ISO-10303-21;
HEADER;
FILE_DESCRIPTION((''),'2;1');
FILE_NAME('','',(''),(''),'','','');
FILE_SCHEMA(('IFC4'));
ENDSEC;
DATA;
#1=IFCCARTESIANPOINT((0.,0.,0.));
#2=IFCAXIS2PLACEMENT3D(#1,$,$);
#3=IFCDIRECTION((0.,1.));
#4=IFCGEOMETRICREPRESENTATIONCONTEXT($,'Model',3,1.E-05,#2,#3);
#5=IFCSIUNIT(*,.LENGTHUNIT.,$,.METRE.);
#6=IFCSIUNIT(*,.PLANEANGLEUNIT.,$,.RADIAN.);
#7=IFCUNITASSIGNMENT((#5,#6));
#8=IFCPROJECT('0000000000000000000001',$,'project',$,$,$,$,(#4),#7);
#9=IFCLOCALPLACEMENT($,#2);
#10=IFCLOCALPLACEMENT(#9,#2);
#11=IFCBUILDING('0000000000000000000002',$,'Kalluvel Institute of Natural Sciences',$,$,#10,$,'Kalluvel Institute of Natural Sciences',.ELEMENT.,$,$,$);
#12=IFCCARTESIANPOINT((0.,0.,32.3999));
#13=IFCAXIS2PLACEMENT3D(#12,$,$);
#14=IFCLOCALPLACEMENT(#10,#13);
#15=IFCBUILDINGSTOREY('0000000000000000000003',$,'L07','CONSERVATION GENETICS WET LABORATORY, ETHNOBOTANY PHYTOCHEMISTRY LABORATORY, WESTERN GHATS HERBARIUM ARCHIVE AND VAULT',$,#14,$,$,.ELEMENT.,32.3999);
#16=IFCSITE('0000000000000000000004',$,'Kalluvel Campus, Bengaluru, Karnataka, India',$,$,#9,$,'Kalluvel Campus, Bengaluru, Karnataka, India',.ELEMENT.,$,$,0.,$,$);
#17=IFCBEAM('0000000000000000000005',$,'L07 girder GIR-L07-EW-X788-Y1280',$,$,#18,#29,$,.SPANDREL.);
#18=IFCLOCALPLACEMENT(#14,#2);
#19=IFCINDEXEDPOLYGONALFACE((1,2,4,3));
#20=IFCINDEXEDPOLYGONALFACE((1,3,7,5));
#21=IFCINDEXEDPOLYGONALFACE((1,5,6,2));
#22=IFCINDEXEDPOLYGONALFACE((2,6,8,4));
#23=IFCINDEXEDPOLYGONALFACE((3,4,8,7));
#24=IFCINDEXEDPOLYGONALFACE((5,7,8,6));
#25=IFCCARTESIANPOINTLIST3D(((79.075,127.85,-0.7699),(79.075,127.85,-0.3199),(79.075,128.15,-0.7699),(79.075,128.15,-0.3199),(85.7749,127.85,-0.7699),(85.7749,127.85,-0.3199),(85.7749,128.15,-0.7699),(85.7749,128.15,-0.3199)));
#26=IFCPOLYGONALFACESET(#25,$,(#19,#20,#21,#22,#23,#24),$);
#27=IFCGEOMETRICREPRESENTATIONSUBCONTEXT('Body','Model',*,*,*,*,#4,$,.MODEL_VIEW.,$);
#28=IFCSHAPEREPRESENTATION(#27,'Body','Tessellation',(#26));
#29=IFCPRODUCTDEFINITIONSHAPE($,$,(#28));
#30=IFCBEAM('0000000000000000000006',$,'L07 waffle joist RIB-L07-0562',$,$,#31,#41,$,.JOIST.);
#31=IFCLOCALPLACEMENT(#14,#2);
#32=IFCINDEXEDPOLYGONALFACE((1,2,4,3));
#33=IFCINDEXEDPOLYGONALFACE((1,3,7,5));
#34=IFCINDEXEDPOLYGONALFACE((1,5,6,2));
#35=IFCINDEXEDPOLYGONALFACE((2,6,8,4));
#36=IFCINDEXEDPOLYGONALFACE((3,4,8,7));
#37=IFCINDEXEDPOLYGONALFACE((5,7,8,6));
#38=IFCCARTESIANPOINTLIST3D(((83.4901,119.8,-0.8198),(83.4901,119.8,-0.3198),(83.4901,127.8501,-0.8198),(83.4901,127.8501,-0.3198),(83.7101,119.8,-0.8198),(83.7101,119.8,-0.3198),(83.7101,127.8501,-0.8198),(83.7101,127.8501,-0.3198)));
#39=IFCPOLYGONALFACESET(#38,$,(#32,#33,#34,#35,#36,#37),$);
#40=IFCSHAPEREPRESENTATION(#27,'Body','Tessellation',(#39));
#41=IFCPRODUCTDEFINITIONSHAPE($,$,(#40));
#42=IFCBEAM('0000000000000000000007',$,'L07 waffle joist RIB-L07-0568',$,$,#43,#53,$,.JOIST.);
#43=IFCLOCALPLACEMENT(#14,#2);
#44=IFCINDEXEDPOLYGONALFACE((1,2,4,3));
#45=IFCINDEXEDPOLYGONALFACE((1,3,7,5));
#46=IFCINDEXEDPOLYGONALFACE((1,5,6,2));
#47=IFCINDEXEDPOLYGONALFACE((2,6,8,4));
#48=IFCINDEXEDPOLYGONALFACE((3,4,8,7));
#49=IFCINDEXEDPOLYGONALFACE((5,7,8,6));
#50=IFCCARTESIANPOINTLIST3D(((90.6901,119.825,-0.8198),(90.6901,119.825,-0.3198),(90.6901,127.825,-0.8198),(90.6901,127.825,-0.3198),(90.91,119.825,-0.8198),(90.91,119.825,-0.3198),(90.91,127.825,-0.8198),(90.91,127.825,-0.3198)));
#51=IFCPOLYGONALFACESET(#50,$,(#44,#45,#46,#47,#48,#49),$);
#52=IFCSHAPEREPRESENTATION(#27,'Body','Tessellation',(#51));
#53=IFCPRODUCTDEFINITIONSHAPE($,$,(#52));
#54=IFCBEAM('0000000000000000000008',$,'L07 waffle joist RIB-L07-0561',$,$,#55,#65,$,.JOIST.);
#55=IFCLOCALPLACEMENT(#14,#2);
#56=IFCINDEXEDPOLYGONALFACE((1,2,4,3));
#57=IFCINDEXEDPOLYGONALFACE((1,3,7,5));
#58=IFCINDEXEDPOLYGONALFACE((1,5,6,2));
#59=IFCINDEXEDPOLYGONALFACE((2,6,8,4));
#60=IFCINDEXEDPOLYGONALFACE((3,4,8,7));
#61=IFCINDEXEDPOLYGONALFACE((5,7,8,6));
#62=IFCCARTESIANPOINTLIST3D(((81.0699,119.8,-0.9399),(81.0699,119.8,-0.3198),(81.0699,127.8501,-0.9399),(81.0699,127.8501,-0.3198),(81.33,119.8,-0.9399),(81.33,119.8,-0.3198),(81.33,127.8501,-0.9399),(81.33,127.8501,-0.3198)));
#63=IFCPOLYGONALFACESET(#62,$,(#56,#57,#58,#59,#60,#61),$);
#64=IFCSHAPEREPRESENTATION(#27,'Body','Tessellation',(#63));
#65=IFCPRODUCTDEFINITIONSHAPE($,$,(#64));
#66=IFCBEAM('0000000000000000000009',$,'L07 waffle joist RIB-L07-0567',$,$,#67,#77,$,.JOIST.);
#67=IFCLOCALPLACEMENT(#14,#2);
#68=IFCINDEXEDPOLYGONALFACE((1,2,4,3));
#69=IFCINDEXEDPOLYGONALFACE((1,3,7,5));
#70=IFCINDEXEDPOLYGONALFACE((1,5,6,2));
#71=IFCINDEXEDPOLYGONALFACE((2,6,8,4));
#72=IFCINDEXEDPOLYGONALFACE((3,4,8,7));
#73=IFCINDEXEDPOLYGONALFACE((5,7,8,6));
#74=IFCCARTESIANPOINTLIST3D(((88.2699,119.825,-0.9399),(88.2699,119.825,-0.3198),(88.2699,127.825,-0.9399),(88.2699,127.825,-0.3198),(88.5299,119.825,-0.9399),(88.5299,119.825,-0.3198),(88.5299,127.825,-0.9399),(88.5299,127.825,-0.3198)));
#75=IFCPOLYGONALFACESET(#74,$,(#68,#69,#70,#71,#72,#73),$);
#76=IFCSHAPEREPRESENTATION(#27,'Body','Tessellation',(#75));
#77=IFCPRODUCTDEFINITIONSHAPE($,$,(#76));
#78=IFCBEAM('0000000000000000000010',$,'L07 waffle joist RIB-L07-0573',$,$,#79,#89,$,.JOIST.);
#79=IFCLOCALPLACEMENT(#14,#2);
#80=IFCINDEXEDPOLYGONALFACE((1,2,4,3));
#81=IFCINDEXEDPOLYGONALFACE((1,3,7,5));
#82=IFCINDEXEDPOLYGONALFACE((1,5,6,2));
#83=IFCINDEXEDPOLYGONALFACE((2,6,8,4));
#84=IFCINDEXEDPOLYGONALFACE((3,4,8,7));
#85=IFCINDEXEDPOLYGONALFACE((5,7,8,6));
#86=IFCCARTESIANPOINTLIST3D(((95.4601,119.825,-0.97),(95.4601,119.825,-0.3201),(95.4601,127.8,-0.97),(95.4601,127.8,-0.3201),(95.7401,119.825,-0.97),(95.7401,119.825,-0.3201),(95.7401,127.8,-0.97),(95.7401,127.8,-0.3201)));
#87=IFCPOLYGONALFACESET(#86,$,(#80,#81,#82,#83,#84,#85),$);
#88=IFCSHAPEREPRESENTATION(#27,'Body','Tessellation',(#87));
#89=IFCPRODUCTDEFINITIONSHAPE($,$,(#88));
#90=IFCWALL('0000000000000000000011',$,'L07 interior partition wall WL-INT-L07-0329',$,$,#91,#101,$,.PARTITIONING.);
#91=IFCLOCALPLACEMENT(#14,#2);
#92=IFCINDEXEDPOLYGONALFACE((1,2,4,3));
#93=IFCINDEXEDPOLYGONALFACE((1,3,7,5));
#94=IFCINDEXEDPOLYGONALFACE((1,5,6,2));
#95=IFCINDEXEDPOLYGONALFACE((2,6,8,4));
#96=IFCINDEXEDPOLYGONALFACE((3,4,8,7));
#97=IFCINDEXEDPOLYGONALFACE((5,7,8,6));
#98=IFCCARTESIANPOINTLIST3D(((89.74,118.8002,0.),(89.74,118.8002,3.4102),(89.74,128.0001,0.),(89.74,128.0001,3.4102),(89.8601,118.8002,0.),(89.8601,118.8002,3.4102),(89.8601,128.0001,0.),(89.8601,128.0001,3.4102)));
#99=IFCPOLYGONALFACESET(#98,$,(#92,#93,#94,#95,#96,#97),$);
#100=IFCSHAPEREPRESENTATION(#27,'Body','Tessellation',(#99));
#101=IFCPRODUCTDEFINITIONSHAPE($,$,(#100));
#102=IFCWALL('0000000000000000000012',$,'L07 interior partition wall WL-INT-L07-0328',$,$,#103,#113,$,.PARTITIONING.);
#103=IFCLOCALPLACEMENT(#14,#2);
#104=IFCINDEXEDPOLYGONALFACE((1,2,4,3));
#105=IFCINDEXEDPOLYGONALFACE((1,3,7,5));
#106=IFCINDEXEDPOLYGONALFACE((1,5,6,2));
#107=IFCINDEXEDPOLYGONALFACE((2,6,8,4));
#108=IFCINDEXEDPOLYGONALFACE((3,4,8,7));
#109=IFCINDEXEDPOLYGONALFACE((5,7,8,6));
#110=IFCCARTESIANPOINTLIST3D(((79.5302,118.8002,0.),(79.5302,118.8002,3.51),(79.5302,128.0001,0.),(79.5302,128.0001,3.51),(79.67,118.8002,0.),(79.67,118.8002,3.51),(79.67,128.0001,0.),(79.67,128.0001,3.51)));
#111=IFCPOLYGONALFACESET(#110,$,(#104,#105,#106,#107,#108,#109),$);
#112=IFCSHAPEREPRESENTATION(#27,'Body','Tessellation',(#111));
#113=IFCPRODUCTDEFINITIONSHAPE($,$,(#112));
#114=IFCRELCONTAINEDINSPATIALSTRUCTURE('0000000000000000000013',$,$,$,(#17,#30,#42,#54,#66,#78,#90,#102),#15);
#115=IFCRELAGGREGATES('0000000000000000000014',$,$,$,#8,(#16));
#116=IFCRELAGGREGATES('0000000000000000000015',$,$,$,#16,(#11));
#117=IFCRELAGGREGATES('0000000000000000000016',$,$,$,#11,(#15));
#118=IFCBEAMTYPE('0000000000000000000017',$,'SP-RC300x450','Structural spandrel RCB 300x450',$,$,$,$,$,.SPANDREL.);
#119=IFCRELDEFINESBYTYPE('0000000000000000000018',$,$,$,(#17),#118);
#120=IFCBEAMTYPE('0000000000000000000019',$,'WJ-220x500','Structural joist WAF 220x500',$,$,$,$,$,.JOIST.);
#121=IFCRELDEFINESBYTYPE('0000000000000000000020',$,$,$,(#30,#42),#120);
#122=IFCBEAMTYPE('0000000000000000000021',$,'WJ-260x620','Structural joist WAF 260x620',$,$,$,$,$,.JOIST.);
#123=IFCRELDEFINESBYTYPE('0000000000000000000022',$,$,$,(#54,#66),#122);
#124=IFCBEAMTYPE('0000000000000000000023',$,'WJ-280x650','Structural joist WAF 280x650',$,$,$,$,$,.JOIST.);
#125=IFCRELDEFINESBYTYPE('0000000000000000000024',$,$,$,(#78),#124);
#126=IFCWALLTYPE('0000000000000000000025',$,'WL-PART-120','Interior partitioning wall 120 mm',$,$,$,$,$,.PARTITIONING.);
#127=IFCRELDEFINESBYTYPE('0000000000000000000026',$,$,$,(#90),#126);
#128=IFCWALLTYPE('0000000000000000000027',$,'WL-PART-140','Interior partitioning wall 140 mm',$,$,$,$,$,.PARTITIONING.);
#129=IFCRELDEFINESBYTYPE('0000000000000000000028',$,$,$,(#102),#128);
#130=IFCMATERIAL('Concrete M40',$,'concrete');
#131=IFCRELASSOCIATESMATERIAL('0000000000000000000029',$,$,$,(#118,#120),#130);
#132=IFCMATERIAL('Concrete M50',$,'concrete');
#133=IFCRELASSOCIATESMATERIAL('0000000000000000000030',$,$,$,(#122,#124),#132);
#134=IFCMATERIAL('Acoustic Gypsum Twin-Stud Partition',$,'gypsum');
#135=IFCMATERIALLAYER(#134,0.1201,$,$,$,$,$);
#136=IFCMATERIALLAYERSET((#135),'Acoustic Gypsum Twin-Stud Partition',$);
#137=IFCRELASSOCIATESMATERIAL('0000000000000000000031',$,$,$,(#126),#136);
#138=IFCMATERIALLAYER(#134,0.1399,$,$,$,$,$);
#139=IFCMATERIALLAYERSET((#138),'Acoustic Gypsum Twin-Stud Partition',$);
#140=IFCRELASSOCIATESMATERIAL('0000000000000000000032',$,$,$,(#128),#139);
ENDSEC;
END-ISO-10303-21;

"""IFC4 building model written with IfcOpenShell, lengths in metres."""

from ifc_helpers import new_model, si_unit, direction, frame, frame_2d, origin, origin_2d, place, context, subcontext, project, spatial, rectangle, extrude, material, layer, layer_set, material_profile, profile_set, type_object, element, save


model = new_model("IFC4")

# Units and contexts
model_context = context("Model", 3, precision=1e-05, world=origin(), true_north=direction((0.0, 1.0)))
body_context = subcontext(model_context, "Body", "Model", "MODEL_VIEW")
ifc_project = project(units=[si_unit("LENGTHUNIT", "METRE"), si_unit("PLANEANGLEUNIT", "RADIAN")], contexts=[model_context])

# Site, building, storey
site_placement = place(None, origin())
site = spatial("IfcSite", under=ifc_project, at=site_placement, Name="Kalluvel Campus, Bengaluru, Karnataka, India", LongName="Kalluvel Campus, Bengaluru, Karnataka, India", CompositionType="ELEMENT", RefElevation=0.0)
building_placement = place(site_placement, origin())
building = spatial("IfcBuilding", under=site, at=building_placement, Name="Kalluvel Institute of Natural Sciences", LongName="Kalluvel Institute of Natural Sciences", CompositionType="ELEMENT")
storey_placement = place(building_placement, frame((0.0, 0.0, 32.3999)))
storey = spatial("IfcBuildingStorey", under=building, at=storey_placement, Name="L07", Description="CONSERVATION GENETICS WET LABORATORY, ETHNOBOTANY PHYTOCHEMISTRY LABORATORY, WESTERN GHATS HERBARIUM ARCHIVE AND VAULT", CompositionType="ELEMENT", Elevation=32.3999)

# Shared definitions
ifc_material_1 = material(Name="Concrete M40", Category="concrete")

# Shared definitions
ifc_material_2 = material(Name="Concrete M50", Category="concrete")

# Beams
ifc_material_profile_1 = material_profile(ifc_material_1, rectangle(XDim=0.3, YDim=0.45, at=origin_2d()), Name="RCB 300x450")
ifc_profile_set_1 = profile_set([ifc_material_profile_1], Name="Concrete M40")
beam_type_1 = type_object("IfcBeamType", Name="SP-RC300x450", Description="Structural spandrel RCB 300x450", PredefinedType="SPANDREL", material=ifc_profile_set_1)
beam_1_placement = place(storey_placement, frame((79.075, 128.0, -0.5449), z_axis=(1.0, 0.0, 0.0), x_axis=(0.0, 1.0, 0.0)))
element("IfcBeam", 1, at=beam_1_placement, inside=storey, type_object=beam_type_1, Name="L07 girder GIR-L07-EW-X788-Y1280", PredefinedType="SPANDREL", context=body_context, shape_type="SweptSolid", body=[
    extrude(rectangle(XDim=0.3, YDim=0.45, at=origin_2d()), origin(), (0.0, 0.0, 1.0), 6.7),
])
ifc_material_profile_2 = material_profile(ifc_material_1, rectangle(XDim=0.22, YDim=0.5, at=origin_2d()), Name="WAF 220x500")
ifc_profile_set_2 = profile_set([ifc_material_profile_2], Name="Concrete M40")
beam_type_2 = type_object("IfcBeamType", Name="WJ-220x500", Description="Structural joist WAF 220x500", PredefinedType="JOIST", material=ifc_profile_set_2)
beam_2_placement = place(storey_placement, frame((83.6001, 119.8, -0.5698), z_axis=(0.0, 1.0, 0.0), x_axis=(-1.0, 0.0, 0.0)))
element("IfcBeam", 2, at=beam_2_placement, inside=storey, type_object=beam_type_2, Name="L07 waffle joist RIB-L07-0562", PredefinedType="JOIST", context=body_context, shape_type="SweptSolid", body=[
    extrude(rectangle(XDim=0.22, YDim=0.5, at=origin_2d()), origin(), (0.0, 0.0, 1.0), 8.05),
])
beam_3_placement = place(storey_placement, frame((90.8, 119.825, -0.5698), z_axis=(0.0, 1.0, 0.0), x_axis=(-1.0, 0.0, 0.0)))
element("IfcBeam", 3, at=beam_3_placement, inside=storey, type_object=beam_type_2, Name="L07 waffle joist RIB-L07-0568", PredefinedType="JOIST", context=body_context, shape_type="SweptSolid", body=[
    extrude(rectangle(XDim=0.22, YDim=0.5, at=origin_2d()), origin(), (0.0, 0.0, 1.0), 8.0),
])
ifc_material_profile_3 = material_profile(ifc_material_2, rectangle(XDim=0.26, YDim=0.6201, at=origin_2d()), Name="WAF 260x620")
ifc_profile_set_3 = profile_set([ifc_material_profile_3], Name="Concrete M50")
beam_type_3 = type_object("IfcBeamType", Name="WJ-260x620", Description="Structural joist WAF 260x620", PredefinedType="JOIST", material=ifc_profile_set_3)
beam_4_placement = place(storey_placement, frame((81.2, 119.8, -0.6299), z_axis=(0.0, 1.0, 0.0), x_axis=(-1.0, 0.0, 0.0)))
element("IfcBeam", 4, at=beam_4_placement, inside=storey, type_object=beam_type_3, Name="L07 waffle joist RIB-L07-0561", PredefinedType="JOIST", context=body_context, shape_type="SweptSolid", body=[
    extrude(rectangle(XDim=0.26, YDim=0.6201, at=origin_2d()), origin(), (0.0, 0.0, 1.0), 8.05),
])
beam_5_placement = place(storey_placement, frame((88.3999, 119.825, -0.6299), z_axis=(0.0, 1.0, 0.0), x_axis=(-1.0, 0.0, 0.0)))
element("IfcBeam", 5, at=beam_5_placement, inside=storey, type_object=beam_type_3, Name="L07 waffle joist RIB-L07-0567", PredefinedType="JOIST", context=body_context, shape_type="SweptSolid", body=[
    extrude(rectangle(XDim=0.26, YDim=0.6201, at=origin_2d()), origin(), (0.0, 0.0, 1.0), 8.0),
])
ifc_material_profile_4 = material_profile(ifc_material_2, rectangle(XDim=0.28, YDim=0.6499, at=origin_2d()), Name="WAF 280x650")
ifc_profile_set_4 = profile_set([ifc_material_profile_4], Name="Concrete M50")
beam_type_4 = type_object("IfcBeamType", Name="WJ-280x650", Description="Structural joist WAF 280x650", PredefinedType="JOIST", material=ifc_profile_set_4)
beam_6_placement = place(storey_placement, frame((95.6001, 119.825, -0.645), z_axis=(0.0, 1.0, 0.0), x_axis=(-1.0, 0.0, 0.0)))
element("IfcBeam", 6, at=beam_6_placement, inside=storey, type_object=beam_type_4, Name="L07 waffle joist RIB-L07-0573", PredefinedType="JOIST", context=body_context, shape_type="SweptSolid", body=[
    extrude(rectangle(XDim=0.28, YDim=0.6499, at=origin_2d()), origin(), (0.0, 0.0, 1.0), 7.9751),
])

# Walls
ifc_material_3 = material(Name="Acoustic Gypsum Twin-Stud Partition", Category="gypsum")
ifc_layer_1 = layer(ifc_material_3, 0.1201)
ifc_layer_set_1 = layer_set([ifc_layer_1], Name="Acoustic Gypsum Twin-Stud Partition")
wall_type_1 = type_object("IfcWallType", Name="WL-PART-120", Description="Interior partitioning wall 120 mm", PredefinedType="PARTITIONING", material=ifc_layer_set_1)
wall_1_placement = place(storey_placement, frame((89.8, 118.8, 0.0), z_axis=(0.0, 0.0, 1.0), x_axis=(0.0, 1.0, 0.0)))
element("IfcWall", 7, at=wall_1_placement, inside=storey, type_object=wall_type_1, Name="L07 interior partition wall WL-INT-L07-0329", PredefinedType="PARTITIONING", context=body_context, shape_type="SweptSolid", body=[
    extrude(rectangle(XDim=9.2, YDim=0.1201, at=frame_2d((4.6001, 0.0))), origin(), (0.0, 0.0, 1.0), 3.4102),
])
ifc_layer_2 = layer(ifc_material_3, 0.1399)
ifc_layer_set_2 = layer_set([ifc_layer_2], Name="Acoustic Gypsum Twin-Stud Partition")
wall_type_2 = type_object("IfcWallType", Name="WL-PART-140", Description="Interior partitioning wall 140 mm", PredefinedType="PARTITIONING", material=ifc_layer_set_2)
wall_2_placement = place(storey_placement, frame((79.6001, 118.8, 0.0), z_axis=(0.0, 0.0, 1.0), x_axis=(0.0, 1.0, 0.0)))
element("IfcWall", 8, at=wall_2_placement, inside=storey, type_object=wall_type_2, Name="L07 interior partition wall WL-INT-L07-0328", PredefinedType="PARTITIONING", context=body_context, shape_type="SweptSolid", body=[
    extrude(rectangle(XDim=9.2, YDim=0.1399, at=frame_2d((4.6001, 0.0))), origin(), (0.0, 0.0, 1.0), 3.51),
])

save(model, "model.ifc")
